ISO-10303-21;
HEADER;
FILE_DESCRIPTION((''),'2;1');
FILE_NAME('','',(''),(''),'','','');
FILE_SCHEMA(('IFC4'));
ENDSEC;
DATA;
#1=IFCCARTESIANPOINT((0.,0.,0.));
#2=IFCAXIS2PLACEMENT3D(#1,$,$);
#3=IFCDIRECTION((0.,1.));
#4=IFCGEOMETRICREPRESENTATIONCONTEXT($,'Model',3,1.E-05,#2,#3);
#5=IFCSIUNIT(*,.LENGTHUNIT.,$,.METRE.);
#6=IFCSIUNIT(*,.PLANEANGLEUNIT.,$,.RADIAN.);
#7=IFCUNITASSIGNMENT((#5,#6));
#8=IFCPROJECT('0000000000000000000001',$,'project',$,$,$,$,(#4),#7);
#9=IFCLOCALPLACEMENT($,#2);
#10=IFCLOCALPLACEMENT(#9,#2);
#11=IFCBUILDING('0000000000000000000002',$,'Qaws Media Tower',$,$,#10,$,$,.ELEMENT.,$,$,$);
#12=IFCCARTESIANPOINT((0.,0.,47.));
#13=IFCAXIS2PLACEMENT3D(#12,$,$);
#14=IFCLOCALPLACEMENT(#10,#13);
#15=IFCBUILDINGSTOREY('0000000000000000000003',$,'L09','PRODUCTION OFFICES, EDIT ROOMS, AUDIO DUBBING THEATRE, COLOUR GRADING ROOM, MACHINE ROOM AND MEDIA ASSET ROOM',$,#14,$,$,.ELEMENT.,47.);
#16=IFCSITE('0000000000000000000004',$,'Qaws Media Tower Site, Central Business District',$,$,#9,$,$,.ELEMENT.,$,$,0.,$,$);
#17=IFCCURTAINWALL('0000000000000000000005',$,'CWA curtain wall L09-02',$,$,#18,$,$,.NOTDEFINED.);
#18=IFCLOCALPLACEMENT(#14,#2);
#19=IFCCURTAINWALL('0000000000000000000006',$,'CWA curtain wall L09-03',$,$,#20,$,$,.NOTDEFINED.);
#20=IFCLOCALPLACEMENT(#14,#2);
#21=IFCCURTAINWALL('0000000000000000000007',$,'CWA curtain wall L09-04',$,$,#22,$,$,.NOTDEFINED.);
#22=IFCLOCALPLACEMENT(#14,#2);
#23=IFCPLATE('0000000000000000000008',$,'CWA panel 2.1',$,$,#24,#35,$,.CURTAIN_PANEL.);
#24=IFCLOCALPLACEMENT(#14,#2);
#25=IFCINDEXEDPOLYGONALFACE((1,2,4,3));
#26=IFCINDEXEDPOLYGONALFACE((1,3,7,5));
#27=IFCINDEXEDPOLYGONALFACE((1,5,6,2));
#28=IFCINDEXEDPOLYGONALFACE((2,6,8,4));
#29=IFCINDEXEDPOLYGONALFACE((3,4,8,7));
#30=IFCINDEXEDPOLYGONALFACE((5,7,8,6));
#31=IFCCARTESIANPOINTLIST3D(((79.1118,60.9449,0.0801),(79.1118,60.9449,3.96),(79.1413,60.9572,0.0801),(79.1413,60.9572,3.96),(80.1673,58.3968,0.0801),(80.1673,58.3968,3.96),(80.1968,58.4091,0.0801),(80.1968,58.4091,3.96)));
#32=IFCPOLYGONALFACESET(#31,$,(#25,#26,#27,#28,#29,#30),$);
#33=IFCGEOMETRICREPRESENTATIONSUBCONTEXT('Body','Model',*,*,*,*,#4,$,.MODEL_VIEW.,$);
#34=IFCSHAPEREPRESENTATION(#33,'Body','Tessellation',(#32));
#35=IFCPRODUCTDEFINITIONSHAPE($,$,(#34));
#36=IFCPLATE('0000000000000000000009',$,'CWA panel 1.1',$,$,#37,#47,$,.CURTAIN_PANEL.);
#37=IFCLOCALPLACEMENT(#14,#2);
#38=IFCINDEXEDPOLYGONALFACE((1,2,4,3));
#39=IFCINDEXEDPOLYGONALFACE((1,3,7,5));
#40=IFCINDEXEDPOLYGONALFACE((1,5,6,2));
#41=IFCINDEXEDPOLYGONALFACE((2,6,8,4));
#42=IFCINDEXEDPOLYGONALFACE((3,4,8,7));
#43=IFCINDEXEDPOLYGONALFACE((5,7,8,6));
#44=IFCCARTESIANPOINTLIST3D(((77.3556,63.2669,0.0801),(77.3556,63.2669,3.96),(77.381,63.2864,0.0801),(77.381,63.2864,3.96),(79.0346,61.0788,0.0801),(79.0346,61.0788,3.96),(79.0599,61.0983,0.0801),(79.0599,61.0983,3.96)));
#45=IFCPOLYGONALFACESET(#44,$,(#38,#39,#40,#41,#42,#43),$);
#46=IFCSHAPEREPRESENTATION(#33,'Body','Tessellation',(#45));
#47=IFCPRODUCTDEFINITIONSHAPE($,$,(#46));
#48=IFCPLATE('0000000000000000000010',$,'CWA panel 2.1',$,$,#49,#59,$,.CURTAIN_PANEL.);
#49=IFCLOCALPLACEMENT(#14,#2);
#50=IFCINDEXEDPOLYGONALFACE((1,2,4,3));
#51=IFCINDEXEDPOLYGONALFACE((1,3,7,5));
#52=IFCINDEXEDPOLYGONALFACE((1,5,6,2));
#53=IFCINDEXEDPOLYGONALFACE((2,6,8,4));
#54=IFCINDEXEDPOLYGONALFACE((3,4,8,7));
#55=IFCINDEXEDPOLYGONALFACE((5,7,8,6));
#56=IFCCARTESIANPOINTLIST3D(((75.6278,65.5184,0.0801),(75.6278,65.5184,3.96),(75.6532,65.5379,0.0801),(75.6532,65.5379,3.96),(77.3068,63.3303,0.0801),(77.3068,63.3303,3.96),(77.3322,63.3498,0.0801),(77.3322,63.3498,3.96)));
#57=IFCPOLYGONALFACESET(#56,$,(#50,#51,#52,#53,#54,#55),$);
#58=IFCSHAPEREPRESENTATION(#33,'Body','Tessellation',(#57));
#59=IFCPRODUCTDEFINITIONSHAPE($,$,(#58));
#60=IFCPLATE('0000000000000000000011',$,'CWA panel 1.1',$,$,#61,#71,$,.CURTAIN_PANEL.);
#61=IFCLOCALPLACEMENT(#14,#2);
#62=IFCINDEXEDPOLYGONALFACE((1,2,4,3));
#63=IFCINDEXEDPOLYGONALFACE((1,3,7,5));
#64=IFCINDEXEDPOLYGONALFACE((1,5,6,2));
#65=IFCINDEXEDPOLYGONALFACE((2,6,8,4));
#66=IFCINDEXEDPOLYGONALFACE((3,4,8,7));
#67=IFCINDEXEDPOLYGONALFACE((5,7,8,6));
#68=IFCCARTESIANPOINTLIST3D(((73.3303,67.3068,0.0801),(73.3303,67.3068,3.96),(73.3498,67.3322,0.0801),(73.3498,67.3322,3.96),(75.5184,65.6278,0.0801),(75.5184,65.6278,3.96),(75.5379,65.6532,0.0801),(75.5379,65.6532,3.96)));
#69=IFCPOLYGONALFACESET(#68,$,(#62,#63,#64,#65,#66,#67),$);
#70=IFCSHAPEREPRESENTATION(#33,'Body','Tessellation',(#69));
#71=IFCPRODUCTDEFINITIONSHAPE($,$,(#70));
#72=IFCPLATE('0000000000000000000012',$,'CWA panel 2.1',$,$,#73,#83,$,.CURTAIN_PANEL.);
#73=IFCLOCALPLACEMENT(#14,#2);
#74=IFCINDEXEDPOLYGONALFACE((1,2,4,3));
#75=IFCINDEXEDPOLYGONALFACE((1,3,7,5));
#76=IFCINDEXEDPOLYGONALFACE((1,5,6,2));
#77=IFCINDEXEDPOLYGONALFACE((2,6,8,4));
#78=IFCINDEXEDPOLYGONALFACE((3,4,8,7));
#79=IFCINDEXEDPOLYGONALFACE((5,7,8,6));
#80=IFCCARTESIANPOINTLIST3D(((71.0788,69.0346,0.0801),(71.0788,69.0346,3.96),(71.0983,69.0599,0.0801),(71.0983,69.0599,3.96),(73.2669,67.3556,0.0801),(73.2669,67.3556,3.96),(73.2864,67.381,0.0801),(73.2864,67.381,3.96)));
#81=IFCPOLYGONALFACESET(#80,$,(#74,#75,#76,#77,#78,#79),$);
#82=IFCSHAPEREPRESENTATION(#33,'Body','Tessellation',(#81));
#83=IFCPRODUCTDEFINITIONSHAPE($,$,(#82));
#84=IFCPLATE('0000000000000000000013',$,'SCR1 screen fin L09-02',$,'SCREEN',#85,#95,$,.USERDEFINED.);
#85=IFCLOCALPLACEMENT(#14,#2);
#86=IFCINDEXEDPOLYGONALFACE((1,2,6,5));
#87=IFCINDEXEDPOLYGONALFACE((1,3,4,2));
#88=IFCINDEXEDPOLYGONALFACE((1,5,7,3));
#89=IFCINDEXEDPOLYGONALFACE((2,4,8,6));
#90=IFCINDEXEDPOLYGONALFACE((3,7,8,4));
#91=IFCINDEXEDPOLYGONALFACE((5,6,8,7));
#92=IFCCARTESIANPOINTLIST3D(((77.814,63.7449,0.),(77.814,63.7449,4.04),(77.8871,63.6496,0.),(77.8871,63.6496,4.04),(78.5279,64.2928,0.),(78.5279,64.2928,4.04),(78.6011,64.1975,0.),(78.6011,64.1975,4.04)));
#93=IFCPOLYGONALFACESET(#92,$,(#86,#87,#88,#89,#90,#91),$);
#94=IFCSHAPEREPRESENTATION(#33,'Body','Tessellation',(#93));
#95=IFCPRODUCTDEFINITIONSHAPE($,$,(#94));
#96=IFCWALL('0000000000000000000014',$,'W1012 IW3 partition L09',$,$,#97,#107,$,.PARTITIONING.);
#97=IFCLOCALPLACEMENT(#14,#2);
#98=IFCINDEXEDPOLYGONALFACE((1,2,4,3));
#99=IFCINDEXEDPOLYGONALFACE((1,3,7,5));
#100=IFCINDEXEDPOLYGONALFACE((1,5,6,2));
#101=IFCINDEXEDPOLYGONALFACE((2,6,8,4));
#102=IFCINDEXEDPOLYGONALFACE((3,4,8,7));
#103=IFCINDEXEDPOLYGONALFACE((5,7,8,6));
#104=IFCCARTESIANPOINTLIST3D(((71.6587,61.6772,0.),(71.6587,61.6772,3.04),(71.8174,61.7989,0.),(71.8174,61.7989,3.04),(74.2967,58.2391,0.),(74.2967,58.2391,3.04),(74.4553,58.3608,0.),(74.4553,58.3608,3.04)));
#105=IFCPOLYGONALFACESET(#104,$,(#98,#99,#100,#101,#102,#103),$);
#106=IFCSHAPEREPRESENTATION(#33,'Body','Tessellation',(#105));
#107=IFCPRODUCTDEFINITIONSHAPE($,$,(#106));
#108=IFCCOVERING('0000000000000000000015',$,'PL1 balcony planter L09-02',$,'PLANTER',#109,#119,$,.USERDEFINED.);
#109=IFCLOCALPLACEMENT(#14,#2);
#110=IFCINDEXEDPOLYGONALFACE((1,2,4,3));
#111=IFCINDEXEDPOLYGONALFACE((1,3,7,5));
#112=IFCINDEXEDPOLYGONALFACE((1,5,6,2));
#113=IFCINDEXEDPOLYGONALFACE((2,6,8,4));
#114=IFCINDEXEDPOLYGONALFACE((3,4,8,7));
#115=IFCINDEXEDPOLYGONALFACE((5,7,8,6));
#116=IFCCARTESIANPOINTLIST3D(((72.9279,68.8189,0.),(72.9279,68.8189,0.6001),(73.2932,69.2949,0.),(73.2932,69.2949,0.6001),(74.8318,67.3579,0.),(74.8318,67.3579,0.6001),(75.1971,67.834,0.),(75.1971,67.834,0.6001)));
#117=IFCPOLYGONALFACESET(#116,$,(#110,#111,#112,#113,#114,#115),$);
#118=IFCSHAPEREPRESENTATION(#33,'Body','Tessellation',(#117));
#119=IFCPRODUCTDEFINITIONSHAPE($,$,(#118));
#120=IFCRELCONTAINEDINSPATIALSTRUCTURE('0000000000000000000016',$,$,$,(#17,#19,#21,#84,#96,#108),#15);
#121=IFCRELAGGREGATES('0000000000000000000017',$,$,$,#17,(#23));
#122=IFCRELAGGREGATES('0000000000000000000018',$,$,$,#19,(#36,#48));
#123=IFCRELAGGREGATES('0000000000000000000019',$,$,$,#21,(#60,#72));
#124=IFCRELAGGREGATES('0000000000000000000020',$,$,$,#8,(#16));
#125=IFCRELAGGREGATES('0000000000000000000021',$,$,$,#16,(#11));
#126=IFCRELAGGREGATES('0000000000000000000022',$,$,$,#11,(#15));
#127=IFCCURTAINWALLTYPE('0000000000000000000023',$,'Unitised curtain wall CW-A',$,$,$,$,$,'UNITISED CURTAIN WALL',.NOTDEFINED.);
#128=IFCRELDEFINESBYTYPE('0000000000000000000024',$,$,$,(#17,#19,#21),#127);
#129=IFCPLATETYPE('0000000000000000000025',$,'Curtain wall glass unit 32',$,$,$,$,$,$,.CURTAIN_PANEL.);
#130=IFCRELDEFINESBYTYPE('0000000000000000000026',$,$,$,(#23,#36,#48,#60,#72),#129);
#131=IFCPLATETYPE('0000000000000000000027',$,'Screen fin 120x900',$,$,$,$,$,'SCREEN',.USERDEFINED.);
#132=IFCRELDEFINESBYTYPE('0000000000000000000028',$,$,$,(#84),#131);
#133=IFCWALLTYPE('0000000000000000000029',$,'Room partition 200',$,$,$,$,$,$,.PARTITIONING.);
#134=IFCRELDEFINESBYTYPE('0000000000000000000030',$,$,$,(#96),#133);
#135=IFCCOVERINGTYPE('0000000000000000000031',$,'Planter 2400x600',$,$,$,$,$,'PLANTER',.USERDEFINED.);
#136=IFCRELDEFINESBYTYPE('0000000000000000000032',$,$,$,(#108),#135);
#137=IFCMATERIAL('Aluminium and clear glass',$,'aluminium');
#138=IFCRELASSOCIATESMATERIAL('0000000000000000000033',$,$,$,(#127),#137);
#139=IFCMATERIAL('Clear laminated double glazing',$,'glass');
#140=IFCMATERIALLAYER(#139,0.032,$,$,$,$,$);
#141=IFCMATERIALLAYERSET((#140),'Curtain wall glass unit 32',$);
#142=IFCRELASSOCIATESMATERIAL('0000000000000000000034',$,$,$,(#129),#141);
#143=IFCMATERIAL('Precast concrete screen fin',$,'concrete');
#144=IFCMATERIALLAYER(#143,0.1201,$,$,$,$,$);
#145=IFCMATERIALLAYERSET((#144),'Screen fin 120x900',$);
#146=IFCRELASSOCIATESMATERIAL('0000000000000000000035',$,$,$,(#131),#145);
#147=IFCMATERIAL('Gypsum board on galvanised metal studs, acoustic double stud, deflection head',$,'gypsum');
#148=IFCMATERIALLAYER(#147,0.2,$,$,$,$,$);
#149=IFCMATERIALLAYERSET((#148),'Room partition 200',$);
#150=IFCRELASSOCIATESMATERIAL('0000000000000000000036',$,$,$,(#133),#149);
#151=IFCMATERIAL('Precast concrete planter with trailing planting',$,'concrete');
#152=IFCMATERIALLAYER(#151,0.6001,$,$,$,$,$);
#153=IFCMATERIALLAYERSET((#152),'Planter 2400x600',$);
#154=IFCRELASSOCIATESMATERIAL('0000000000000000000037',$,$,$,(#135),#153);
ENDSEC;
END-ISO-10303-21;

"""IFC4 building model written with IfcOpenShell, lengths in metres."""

from ifc_helpers import new_model, si_unit, direction, frame, frame_2d, origin, origin_2d, place, context, subcontext, project, spatial, rectangle, extrude, material, layer, layer_set, type_object, element, aggregate, save


model = new_model("IFC4")

# Units and contexts
model_context = context("Model", 3, precision=1e-05, world=origin(), true_north=direction((0.0, 1.0)))
body_context = subcontext(model_context, "Body", "Model", "MODEL_VIEW")
ifc_project = project(units=[si_unit("LENGTHUNIT", "METRE"), si_unit("PLANEANGLEUNIT", "RADIAN")], contexts=[model_context])

# Site, building, storey
site_placement = place(None, origin())
site = spatial("IfcSite", under=ifc_project, at=site_placement, Name="Qaws Media Tower Site, Central Business District", CompositionType="ELEMENT", RefElevation=0.0)
building_placement = place(site_placement, origin())
building = spatial("IfcBuilding", under=site, at=building_placement, Name="Qaws Media Tower", CompositionType="ELEMENT")
storey_placement = place(building_placement, frame((0.0, 0.0, 47.0)))
storey = spatial("IfcBuildingStorey", under=building, at=storey_placement, Name="L09", Description="PRODUCTION OFFICES, EDIT ROOMS, AUDIO DUBBING THEATRE, COLOUR GRADING ROOM, MACHINE ROOM AND MEDIA ASSET ROOM", CompositionType="ELEMENT", Elevation=47.0)

# Curtain wall
ifc_material_1 = material(Name="Aluminium and clear glass", Category="aluminium")
curtain_wall_type = type_object("IfcCurtainWallType", Name="Unitised curtain wall CW-A", ElementType="UNITISED CURTAIN WALL", PredefinedType="NOTDEFINED", material=ifc_material_1)
curtain_wall_1_placement = place(storey_placement, origin())
curtain_wall_1 = element("IfcCurtainWall", 1, at=curtain_wall_1_placement, inside=storey, type_object=curtain_wall_type, Name="CWA curtain wall L09-02", PredefinedType="NOTDEFINED")

# Curtain walls
curtain_wall_2_placement = place(storey_placement, origin())
curtain_wall_2 = element("IfcCurtainWall", 2, at=curtain_wall_2_placement, inside=storey, type_object=curtain_wall_type, Name="CWA curtain wall L09-03", PredefinedType="NOTDEFINED")
curtain_wall_3_placement = place(storey_placement, origin())
curtain_wall_3 = element("IfcCurtainWall", 3, at=curtain_wall_3_placement, inside=storey, type_object=curtain_wall_type, Name="CWA curtain wall L09-04", PredefinedType="NOTDEFINED")

# Plates
ifc_material_2 = material(Name="Clear laminated double glazing", Category="glass")
ifc_layer_1 = layer(ifc_material_2, 0.032)
ifc_layer_set_1 = layer_set([ifc_layer_1], Name="Curtain wall glass unit 32")
plate_type_1 = type_object("IfcPlateType", Name="Curtain wall glass unit 32", PredefinedType="CURTAIN_PANEL", material=ifc_layer_set_1)
plate_1_placement = place(storey_placement, frame((79.6543, 59.677, 0.0801), z_axis=(0.0, 0.0, 1.0), x_axis=(-0.382683, 0.92388, 0.0)))
plate_1 = element("IfcPlate", 4, at=plate_1_placement, type_object=plate_type_1, Name="CWA panel 2.1", PredefinedType="CURTAIN_PANEL", context=body_context, shape_type="SweptSolid", body=[
    extrude(rectangle(XDim=2.7581, YDim=0.032, at=origin_2d()), origin(), (0.0, 0.0, 1.0), 3.8799),
])
aggregate(curtain_wall_1, [plate_1])
plate_2_placement = place(storey_placement, frame((78.2078, 62.1826, 0.0801), z_axis=(0.0, 0.0, 1.0), x_axis=(-0.608761, 0.793353, 0.0)))
plate_2 = element("IfcPlate", 5, at=plate_2_placement, type_object=plate_type_1, Name="CWA panel 1.1", PredefinedType="CURTAIN_PANEL", context=body_context, shape_type="SweptSolid", body=[
    extrude(rectangle(XDim=2.7581, YDim=0.032, at=origin_2d()), origin(), (0.0, 0.0, 1.0), 3.8799),
])
plate_3_placement = place(storey_placement, frame((76.48, 64.4341, 0.0801), z_axis=(0.0, 0.0, 1.0), x_axis=(-0.608761, 0.793353, 0.0)))
plate_3 = element("IfcPlate", 6, at=plate_3_placement, type_object=plate_type_1, Name="CWA panel 2.1", PredefinedType="CURTAIN_PANEL", context=body_context, shape_type="SweptSolid", body=[
    extrude(rectangle(XDim=2.7581, YDim=0.032, at=origin_2d()), origin(), (0.0, 0.0, 1.0), 3.8799),
])
aggregate(curtain_wall_2, [plate_2, plate_3])
plate_4_placement = place(storey_placement, frame((74.4341, 66.48, 0.0801), z_axis=(0.0, 0.0, 1.0), x_axis=(-0.793353, 0.608761, 0.0)))
plate_4 = element("IfcPlate", 7, at=plate_4_placement, type_object=plate_type_1, Name="CWA panel 1.1", PredefinedType="CURTAIN_PANEL", context=body_context, shape_type="SweptSolid", body=[
    extrude(rectangle(XDim=2.7581, YDim=0.032, at=origin_2d()), origin(), (0.0, 0.0, 1.0), 3.8799),
])
plate_5_placement = place(storey_placement, frame((72.1826, 68.2078, 0.0801), z_axis=(0.0, 0.0, 1.0), x_axis=(-0.793353, 0.608761, 0.0)))
plate_5 = element("IfcPlate", 8, at=plate_5_placement, type_object=plate_type_1, Name="CWA panel 2.1", PredefinedType="CURTAIN_PANEL", context=body_context, shape_type="SweptSolid", body=[
    extrude(rectangle(XDim=2.7581, YDim=0.032, at=origin_2d()), origin(), (0.0, 0.0, 1.0), 3.8799),
])
aggregate(curtain_wall_3, [plate_4, plate_5])
ifc_material_3 = material(Name="Precast concrete screen fin", Category="concrete")
ifc_layer_2 = layer(ifc_material_3, 0.1201)
ifc_layer_set_2 = layer_set([ifc_layer_2], Name="Screen fin 120x900")
plate_type_2 = type_object("IfcPlateType", Name="Screen fin 120x900", ElementType="SCREEN", PredefinedType="USERDEFINED", material=ifc_layer_set_2)
plate_6_placement = place(storey_placement, frame((78.2075, 63.9712, 0.0), z_axis=(0.0, 0.0, 1.0), x_axis=(0.793353, 0.608761, 0.0)))
element("IfcPlate", 9, at=plate_6_placement, inside=storey, type_object=plate_type_2, Name="SCR1 screen fin L09-02", ObjectType="SCREEN", PredefinedType="USERDEFINED", context=body_context, shape_type="SweptSolid", body=[
    extrude(rectangle(XDim=0.8999, YDim=0.1201, at=origin_2d()), origin(), (0.0, 0.0, 1.0), 4.04),
])

# Wall
ifc_material_4 = material(Name="Gypsum board on galvanised metal studs, acoustic double stud, deflection head", Category="gypsum")
ifc_layer_3 = layer(ifc_material_4, 0.2)
ifc_layer_set_3 = layer_set([ifc_layer_3], Name="Room partition 200")
wall_type = type_object("IfcWallType", Name="Room partition 200", PredefinedType="PARTITIONING", material=ifc_layer_set_3)
wall_placement = place(storey_placement, frame((71.738, 61.738, 0.0), z_axis=(0.0, 0.0, 1.0), x_axis=(0.608744, -0.793367, 0.0)))
element("IfcWall", 10, at=wall_placement, inside=storey, type_object=wall_type, Name="W1012 IW3 partition L09", PredefinedType="PARTITIONING", context=body_context, shape_type="SweptSolid", body=[
    extrude(rectangle(XDim=4.3335, YDim=0.2, at=frame_2d((2.1667, 0.0))), origin(), (0.0, 0.0, 1.0), 3.04),
])

# Covering
ifc_material_5 = material(Name="Precast concrete planter with trailing planting", Category="concrete")
ifc_layer_4 = layer(ifc_material_5, 0.6001)
ifc_layer_set_4 = layer_set([ifc_layer_4], Name="Planter 2400x600")
covering_type = type_object("IfcCoveringType", Name="Planter 2400x600", ElementType="PLANTER", PredefinedType="USERDEFINED", material=ifc_layer_set_4)
covering_placement = place(storey_placement, frame((74.0625, 68.3264, 0.0), z_axis=(0.0, 0.0, 1.0), x_axis=(-0.793353, 0.608761, 0.0)))
element("IfcCovering", 11, at=covering_placement, inside=storey, type_object=covering_type, Name="PL1 balcony planter L09-02", ObjectType="PLANTER", PredefinedType="USERDEFINED", context=body_context, shape_type="SweptSolid", body=[
    extrude(rectangle(XDim=2.3999, YDim=0.6001, at=origin_2d()), origin(), (0.0, 0.0, 1.0), 0.6001),
])

save(model, "model.ifc")
